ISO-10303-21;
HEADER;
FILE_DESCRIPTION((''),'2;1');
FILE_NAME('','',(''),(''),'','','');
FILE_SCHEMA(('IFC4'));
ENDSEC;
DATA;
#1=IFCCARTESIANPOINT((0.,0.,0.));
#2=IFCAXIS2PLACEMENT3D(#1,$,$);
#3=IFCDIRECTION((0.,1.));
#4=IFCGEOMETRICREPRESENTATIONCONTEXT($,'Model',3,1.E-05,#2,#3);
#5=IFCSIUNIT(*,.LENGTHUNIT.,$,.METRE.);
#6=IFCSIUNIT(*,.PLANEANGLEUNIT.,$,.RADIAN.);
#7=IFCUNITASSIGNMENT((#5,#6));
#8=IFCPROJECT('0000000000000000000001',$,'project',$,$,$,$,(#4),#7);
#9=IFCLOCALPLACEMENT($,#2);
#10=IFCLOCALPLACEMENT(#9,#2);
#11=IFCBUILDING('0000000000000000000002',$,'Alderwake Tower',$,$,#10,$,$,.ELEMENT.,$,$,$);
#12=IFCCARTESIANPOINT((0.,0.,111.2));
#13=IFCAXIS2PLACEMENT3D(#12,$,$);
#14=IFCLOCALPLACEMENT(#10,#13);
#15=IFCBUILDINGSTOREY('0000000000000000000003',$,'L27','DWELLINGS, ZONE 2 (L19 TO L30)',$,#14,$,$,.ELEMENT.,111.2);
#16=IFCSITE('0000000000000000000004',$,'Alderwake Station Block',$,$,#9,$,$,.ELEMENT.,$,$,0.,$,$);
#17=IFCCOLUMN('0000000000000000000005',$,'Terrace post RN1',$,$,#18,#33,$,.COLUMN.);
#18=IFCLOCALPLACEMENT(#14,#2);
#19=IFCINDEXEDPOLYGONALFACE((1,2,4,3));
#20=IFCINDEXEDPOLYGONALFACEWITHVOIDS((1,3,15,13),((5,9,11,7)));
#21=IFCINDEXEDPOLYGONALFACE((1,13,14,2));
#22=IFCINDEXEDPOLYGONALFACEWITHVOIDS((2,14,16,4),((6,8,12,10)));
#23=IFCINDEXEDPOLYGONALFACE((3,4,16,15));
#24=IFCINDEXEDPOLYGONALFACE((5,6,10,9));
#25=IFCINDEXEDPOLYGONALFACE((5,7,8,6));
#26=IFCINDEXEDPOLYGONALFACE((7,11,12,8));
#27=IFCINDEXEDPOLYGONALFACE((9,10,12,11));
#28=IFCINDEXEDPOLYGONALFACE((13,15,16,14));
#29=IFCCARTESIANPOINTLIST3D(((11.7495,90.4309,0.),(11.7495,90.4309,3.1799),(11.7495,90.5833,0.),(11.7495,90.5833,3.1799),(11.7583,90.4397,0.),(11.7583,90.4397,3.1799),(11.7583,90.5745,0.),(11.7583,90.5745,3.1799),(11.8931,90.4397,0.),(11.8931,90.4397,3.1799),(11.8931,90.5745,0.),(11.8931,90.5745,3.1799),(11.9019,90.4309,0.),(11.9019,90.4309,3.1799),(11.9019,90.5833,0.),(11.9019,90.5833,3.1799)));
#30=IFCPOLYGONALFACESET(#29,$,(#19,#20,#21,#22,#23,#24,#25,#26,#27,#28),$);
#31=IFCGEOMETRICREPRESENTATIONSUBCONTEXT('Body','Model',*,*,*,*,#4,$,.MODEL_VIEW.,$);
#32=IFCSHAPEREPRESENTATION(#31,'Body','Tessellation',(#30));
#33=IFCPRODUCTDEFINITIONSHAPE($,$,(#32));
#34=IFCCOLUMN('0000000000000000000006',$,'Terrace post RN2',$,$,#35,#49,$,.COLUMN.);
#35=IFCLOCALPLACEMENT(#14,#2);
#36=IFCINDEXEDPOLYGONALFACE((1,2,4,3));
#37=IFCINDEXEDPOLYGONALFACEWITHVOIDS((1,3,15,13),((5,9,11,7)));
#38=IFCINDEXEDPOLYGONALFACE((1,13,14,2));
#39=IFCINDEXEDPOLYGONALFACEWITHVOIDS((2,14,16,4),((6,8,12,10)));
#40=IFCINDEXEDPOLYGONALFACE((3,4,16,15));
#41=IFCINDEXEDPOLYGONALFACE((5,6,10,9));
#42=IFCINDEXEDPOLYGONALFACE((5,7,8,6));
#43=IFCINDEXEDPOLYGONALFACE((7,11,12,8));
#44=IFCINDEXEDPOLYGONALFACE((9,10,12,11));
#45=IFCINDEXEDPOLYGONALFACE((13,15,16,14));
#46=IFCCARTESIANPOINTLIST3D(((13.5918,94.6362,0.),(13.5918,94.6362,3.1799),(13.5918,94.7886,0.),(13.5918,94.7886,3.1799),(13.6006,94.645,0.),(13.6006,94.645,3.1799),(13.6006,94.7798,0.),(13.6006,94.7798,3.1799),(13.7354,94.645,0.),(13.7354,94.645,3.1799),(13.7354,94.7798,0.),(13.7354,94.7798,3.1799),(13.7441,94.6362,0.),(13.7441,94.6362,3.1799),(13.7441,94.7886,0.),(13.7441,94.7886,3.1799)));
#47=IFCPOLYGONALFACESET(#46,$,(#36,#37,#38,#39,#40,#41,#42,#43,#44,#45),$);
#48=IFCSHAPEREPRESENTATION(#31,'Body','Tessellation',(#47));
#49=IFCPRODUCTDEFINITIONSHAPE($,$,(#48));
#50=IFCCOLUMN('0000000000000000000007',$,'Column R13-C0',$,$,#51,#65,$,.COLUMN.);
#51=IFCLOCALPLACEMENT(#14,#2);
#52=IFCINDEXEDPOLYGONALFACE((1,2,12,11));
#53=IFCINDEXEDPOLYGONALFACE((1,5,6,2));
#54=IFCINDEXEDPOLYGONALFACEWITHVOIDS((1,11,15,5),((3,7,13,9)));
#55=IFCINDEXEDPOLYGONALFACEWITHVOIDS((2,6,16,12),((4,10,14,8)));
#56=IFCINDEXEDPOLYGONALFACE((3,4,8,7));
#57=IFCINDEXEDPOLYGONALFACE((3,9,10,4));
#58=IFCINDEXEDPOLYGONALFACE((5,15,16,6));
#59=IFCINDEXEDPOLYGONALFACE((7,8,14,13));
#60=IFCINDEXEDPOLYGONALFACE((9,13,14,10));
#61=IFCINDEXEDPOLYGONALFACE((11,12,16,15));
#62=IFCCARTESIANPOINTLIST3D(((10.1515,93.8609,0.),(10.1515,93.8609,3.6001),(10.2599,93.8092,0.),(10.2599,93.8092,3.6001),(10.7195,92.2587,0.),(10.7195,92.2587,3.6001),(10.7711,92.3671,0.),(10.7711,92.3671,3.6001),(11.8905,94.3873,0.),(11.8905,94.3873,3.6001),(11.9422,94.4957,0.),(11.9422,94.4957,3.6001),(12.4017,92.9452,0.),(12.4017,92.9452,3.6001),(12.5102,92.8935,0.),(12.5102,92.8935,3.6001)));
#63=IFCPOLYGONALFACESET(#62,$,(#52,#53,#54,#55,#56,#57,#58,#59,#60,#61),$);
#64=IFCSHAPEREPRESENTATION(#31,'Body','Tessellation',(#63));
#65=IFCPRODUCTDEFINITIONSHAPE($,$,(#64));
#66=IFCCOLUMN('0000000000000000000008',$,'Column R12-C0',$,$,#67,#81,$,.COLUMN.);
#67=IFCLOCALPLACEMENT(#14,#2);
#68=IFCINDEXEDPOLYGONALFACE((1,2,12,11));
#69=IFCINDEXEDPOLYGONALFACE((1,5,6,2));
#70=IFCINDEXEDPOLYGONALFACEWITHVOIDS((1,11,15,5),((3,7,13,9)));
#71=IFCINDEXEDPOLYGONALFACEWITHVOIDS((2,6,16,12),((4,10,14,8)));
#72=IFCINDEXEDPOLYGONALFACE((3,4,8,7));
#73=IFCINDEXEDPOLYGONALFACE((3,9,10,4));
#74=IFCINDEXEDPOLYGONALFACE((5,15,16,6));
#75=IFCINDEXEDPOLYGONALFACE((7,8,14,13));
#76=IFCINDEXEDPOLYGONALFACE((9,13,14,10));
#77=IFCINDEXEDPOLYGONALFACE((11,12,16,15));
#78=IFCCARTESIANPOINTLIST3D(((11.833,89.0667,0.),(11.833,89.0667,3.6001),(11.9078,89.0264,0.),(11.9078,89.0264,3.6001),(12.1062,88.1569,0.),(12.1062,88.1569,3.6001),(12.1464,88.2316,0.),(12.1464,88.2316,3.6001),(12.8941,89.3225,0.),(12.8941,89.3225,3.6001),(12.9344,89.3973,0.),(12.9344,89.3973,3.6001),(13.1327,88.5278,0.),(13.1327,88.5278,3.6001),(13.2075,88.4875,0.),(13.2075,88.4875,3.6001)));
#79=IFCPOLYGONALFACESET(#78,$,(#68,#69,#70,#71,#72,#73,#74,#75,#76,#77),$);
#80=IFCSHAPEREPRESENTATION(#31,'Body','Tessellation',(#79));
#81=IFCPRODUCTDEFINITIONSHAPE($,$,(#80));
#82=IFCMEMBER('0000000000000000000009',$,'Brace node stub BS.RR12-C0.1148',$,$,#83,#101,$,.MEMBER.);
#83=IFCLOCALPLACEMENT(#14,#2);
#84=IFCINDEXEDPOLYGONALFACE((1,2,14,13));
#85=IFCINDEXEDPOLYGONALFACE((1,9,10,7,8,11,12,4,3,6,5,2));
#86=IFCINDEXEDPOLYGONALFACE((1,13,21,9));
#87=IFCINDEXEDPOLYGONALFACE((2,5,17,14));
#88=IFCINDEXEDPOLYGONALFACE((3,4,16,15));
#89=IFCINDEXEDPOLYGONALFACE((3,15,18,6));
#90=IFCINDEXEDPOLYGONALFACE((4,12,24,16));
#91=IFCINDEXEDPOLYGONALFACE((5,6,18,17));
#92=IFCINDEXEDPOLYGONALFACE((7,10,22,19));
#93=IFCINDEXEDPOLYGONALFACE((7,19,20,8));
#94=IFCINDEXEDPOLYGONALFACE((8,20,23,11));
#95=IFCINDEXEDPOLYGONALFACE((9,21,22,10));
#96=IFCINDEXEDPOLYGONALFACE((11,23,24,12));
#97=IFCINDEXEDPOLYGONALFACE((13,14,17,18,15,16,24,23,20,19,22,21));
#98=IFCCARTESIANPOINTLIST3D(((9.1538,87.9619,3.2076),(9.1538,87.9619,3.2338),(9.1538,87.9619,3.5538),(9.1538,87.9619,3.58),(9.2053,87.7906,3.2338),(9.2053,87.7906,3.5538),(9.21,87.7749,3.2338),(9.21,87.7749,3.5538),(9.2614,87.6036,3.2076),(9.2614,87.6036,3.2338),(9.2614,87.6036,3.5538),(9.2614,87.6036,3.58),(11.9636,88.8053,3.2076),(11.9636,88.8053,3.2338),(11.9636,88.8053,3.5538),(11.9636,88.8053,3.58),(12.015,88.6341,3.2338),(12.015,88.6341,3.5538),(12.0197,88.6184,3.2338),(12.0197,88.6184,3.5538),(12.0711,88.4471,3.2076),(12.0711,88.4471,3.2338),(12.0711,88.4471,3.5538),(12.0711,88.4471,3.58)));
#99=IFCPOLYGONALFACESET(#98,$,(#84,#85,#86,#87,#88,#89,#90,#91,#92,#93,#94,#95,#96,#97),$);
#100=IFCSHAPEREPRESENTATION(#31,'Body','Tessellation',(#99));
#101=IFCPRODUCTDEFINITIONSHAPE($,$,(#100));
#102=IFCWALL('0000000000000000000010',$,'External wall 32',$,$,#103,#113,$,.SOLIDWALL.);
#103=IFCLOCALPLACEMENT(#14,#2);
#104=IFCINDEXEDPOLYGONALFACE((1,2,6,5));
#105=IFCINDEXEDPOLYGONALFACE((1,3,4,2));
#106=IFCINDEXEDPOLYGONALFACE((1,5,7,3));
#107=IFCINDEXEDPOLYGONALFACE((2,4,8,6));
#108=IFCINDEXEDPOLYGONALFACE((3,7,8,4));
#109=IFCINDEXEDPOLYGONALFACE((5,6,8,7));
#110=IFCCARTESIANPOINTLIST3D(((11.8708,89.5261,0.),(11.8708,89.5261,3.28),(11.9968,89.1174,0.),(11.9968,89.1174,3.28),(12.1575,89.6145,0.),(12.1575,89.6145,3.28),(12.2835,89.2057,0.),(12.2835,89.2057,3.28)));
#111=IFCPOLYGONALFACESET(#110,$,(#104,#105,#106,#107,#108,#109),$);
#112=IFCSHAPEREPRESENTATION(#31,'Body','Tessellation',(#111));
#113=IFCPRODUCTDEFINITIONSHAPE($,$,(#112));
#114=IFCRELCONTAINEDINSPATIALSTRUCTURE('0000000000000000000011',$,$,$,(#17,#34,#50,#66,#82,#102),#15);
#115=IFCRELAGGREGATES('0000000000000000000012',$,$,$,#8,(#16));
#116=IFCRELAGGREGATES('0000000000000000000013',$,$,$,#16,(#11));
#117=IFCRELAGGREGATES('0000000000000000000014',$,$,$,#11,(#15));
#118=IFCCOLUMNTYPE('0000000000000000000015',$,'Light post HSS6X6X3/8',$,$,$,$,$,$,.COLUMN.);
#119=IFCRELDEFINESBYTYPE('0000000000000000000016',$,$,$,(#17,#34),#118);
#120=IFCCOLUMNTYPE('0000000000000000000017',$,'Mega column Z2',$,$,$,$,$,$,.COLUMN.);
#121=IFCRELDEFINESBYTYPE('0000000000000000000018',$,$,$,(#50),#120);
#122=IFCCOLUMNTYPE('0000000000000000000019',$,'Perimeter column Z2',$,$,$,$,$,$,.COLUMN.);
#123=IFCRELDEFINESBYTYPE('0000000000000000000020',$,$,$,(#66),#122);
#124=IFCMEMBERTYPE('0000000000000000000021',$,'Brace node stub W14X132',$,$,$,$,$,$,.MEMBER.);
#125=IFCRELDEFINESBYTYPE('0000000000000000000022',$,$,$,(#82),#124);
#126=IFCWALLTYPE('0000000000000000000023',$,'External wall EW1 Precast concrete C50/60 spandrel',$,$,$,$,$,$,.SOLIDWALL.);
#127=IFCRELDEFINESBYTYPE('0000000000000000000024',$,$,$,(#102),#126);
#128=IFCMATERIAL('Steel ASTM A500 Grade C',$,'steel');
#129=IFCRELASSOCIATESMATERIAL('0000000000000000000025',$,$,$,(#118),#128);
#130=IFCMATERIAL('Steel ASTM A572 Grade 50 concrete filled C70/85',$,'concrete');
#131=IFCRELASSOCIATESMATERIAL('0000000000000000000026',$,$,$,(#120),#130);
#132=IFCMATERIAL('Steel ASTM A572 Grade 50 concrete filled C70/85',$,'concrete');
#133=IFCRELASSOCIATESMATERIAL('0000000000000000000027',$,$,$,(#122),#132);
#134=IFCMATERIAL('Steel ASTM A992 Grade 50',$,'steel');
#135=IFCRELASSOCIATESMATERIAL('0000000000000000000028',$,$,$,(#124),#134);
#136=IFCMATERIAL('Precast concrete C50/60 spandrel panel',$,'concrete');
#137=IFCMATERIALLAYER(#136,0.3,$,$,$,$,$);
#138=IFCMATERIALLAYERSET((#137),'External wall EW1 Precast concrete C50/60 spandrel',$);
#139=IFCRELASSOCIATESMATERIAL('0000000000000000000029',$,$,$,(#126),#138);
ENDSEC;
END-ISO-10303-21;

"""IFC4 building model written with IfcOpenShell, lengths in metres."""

from ifc_helpers import new_model, si_unit, direction, frame, frame_2d, origin, origin_2d, place, context, subcontext, project, spatial, rectangle, hollow_rectangle, i_section, extrude, material, layer, layer_set, material_profile, profile_set, type_object, element, save


model = new_model("IFC4")

# Units and contexts
model_context = context("Model", 3, precision=1e-05, world=origin(), true_north=direction((0.0, 1.0)))
body_context = subcontext(model_context, "Body", "Model", "MODEL_VIEW")
ifc_project = project(units=[si_unit("LENGTHUNIT", "METRE"), si_unit("PLANEANGLEUNIT", "RADIAN")], contexts=[model_context])

# Site, building, storey
site_placement = place(None, origin())
site = spatial("IfcSite", under=ifc_project, at=site_placement, Name="Alderwake Station Block", CompositionType="ELEMENT", RefElevation=0.0)
building_placement = place(site_placement, origin())
building = spatial("IfcBuilding", under=site, at=building_placement, Name="Alderwake Tower", CompositionType="ELEMENT")
storey_placement = place(building_placement, frame((0.0, 0.0, 111.2)))
storey = spatial("IfcBuildingStorey", under=building, at=storey_placement, Name="L27", Description="DWELLINGS, ZONE 2 (L19 TO L30)", CompositionType="ELEMENT", Elevation=111.2)

# Columns
ifc_material_1 = material(Name="Steel ASTM A500 Grade C", Category="steel")
ifc_material_profile_1 = material_profile(ifc_material_1, hollow_rectangle(XDim=0.1523, YDim=0.1523, WallThickness=0.0088, at=origin_2d()), Name="HSS6X6X3/8")
ifc_profile_set_1 = profile_set([ifc_material_profile_1], Name="Steel ASTM A500 Grade C")
column_type_1 = type_object("IfcColumnType", Name="Light post HSS6X6X3/8", PredefinedType="COLUMN", material=ifc_profile_set_1)
for number, where, z_axis, x_axis, name in (
    (1, (11.8257, 90.5071, 0.0), (0.0, 0.0, 1.0), (1.0, 0.0, 0.0), "Terrace post RN1"),
    (2, (13.668, 94.7124, 0.0), (0.0, 0.0, 1.0), (1.0, 0.0, 0.0), "Terrace post RN2"),
):
    element("IfcColumn", number, at=place(storey_placement, frame(where, z_axis=z_axis, x_axis=x_axis)), inside=storey, type_object=column_type_1, Name=name, PredefinedType="COLUMN", context=body_context, shape_type="SweptSolid", body=[
        extrude(hollow_rectangle(XDim=0.1523, YDim=0.1523, WallThickness=0.0088, at=origin_2d()), origin(), (0.0, 0.0, 1.0), 3.1799),
    ])
ifc_material_2 = material(Name="Steel ASTM A572 Grade 50 concrete filled C70/85", Category="concrete")
ifc_material_profile_2 = material_profile(ifc_material_2, hollow_rectangle(XDim=1.7, YDim=1.8999, WallThickness=0.085, at=origin_2d()), Name="BOX 1900X1700X85")
ifc_profile_set_2 = profile_set([ifc_material_profile_2], Name="Steel ASTM A572 Grade 50 concrete filled C70/85")
column_type_2 = type_object("IfcColumnType", Name="Mega column Z2", PredefinedType="COLUMN", material=ifc_profile_set_2)
column_1_placement = place(storey_placement, frame((11.3308, 93.3772, 0.0), z_axis=(0.0, 0.0, 1.0), x_axis=(-0.334131, 0.942527, 0.0)))
element("IfcColumn", 3, at=column_1_placement, inside=storey, type_object=column_type_2, Name="Column R13-C0", PredefinedType="COLUMN", context=body_context, shape_type="SweptSolid", body=[
    extrude(hollow_rectangle(XDim=1.7, YDim=1.8999, WallThickness=0.085, at=origin_2d()), origin(), (0.0, 0.0, 1.0), 3.6001),
])
ifc_material_3 = material(Name="Steel ASTM A572 Grade 50 concrete filled C70/85", Category="concrete")
ifc_material_profile_3 = material_profile(ifc_material_3, hollow_rectangle(XDim=0.95, YDim=1.1499, WallThickness=0.0601, at=origin_2d()), Name="BOX 1150X950X60")
ifc_profile_set_3 = profile_set([ifc_material_profile_3], Name="Steel ASTM A572 Grade 50 concrete filled C70/85")
column_type_3 = type_object("IfcColumnType", Name="Perimeter column Z2", PredefinedType="COLUMN", material=ifc_profile_set_3)
column_2_placement = place(storey_placement, frame((12.5203, 88.7771, 0.0), z_axis=(0.0, 0.0, 1.0), x_axis=(-0.287549, 0.957766, 0.0)))
element("IfcColumn", 4, at=column_2_placement, inside=storey, type_object=column_type_3, Name="Column R12-C0", PredefinedType="COLUMN", context=body_context, shape_type="SweptSolid", body=[
    extrude(hollow_rectangle(XDim=0.95, YDim=1.1499, WallThickness=0.0601, at=origin_2d()), origin(), (0.0, 0.0, 1.0), 3.6001),
])

# Member
ifc_material_4 = material(Name="Steel ASTM A992 Grade 50", Category="steel")
ifc_material_profile_4 = material_profile(ifc_material_4, i_section(OverallWidth=0.374, OverallDepth=0.3723, WebThickness=0.0164, FlangeThickness=0.0261, at=origin_2d()), Name="W14X132")
ifc_profile_set_4 = profile_set([ifc_material_profile_4], Name="Steel ASTM A992 Grade 50")
member_type = type_object("IfcMemberType", Name="Brace node stub W14X132", PredefinedType="MEMBER", material=ifc_profile_set_4)
member_placement = place(storey_placement, frame((12.0173, 88.6262, 3.3938), z_axis=(-0.957774, -0.287523, 0.0), x_axis=(0.287523, -0.957774, 0.0)))
element("IfcMember", 5, at=member_placement, inside=storey, type_object=member_type, Name="Brace node stub BS.RR12-C0.1148", PredefinedType="MEMBER", context=body_context, shape_type="SweptSolid", body=[
    extrude(i_section(OverallWidth=0.374, OverallDepth=0.3723, WebThickness=0.0164, FlangeThickness=0.0261, at=origin_2d()), origin(), (0.0, 0.0, 1.0), 2.9336),
])

# Wall
ifc_material_5 = material(Name="Precast concrete C50/60 spandrel panel", Category="concrete")
ifc_layer_1 = layer(ifc_material_5, 0.3)
ifc_layer_set_1 = layer_set([ifc_layer_1], Name="External wall EW1 Precast concrete C50/60 spandrel")
wall_type_1 = type_object("IfcWallType", Name="External wall EW1 Precast concrete C50/60 spandrel", PredefinedType="SOLIDWALL", material=ifc_layer_set_1)
wall_1_placement = place(storey_placement, frame((12.0142, 89.5703, 0.0), z_axis=(0.0, 0.0, 1.0), x_axis=(0.294567, -0.955631, 0.0)))
element("IfcWall", 6, at=wall_1_placement, inside=storey, type_object=wall_type_1, Name="External wall 32", PredefinedType="SOLIDWALL", context=body_context, shape_type="SweptSolid", body=[
    extrude(rectangle(XDim=0.4277, YDim=0.3, at=frame_2d((0.2139, 0.0))), origin(), (0.0, 0.0, 1.0), 3.28),
])

save(model, "model.ifc")
